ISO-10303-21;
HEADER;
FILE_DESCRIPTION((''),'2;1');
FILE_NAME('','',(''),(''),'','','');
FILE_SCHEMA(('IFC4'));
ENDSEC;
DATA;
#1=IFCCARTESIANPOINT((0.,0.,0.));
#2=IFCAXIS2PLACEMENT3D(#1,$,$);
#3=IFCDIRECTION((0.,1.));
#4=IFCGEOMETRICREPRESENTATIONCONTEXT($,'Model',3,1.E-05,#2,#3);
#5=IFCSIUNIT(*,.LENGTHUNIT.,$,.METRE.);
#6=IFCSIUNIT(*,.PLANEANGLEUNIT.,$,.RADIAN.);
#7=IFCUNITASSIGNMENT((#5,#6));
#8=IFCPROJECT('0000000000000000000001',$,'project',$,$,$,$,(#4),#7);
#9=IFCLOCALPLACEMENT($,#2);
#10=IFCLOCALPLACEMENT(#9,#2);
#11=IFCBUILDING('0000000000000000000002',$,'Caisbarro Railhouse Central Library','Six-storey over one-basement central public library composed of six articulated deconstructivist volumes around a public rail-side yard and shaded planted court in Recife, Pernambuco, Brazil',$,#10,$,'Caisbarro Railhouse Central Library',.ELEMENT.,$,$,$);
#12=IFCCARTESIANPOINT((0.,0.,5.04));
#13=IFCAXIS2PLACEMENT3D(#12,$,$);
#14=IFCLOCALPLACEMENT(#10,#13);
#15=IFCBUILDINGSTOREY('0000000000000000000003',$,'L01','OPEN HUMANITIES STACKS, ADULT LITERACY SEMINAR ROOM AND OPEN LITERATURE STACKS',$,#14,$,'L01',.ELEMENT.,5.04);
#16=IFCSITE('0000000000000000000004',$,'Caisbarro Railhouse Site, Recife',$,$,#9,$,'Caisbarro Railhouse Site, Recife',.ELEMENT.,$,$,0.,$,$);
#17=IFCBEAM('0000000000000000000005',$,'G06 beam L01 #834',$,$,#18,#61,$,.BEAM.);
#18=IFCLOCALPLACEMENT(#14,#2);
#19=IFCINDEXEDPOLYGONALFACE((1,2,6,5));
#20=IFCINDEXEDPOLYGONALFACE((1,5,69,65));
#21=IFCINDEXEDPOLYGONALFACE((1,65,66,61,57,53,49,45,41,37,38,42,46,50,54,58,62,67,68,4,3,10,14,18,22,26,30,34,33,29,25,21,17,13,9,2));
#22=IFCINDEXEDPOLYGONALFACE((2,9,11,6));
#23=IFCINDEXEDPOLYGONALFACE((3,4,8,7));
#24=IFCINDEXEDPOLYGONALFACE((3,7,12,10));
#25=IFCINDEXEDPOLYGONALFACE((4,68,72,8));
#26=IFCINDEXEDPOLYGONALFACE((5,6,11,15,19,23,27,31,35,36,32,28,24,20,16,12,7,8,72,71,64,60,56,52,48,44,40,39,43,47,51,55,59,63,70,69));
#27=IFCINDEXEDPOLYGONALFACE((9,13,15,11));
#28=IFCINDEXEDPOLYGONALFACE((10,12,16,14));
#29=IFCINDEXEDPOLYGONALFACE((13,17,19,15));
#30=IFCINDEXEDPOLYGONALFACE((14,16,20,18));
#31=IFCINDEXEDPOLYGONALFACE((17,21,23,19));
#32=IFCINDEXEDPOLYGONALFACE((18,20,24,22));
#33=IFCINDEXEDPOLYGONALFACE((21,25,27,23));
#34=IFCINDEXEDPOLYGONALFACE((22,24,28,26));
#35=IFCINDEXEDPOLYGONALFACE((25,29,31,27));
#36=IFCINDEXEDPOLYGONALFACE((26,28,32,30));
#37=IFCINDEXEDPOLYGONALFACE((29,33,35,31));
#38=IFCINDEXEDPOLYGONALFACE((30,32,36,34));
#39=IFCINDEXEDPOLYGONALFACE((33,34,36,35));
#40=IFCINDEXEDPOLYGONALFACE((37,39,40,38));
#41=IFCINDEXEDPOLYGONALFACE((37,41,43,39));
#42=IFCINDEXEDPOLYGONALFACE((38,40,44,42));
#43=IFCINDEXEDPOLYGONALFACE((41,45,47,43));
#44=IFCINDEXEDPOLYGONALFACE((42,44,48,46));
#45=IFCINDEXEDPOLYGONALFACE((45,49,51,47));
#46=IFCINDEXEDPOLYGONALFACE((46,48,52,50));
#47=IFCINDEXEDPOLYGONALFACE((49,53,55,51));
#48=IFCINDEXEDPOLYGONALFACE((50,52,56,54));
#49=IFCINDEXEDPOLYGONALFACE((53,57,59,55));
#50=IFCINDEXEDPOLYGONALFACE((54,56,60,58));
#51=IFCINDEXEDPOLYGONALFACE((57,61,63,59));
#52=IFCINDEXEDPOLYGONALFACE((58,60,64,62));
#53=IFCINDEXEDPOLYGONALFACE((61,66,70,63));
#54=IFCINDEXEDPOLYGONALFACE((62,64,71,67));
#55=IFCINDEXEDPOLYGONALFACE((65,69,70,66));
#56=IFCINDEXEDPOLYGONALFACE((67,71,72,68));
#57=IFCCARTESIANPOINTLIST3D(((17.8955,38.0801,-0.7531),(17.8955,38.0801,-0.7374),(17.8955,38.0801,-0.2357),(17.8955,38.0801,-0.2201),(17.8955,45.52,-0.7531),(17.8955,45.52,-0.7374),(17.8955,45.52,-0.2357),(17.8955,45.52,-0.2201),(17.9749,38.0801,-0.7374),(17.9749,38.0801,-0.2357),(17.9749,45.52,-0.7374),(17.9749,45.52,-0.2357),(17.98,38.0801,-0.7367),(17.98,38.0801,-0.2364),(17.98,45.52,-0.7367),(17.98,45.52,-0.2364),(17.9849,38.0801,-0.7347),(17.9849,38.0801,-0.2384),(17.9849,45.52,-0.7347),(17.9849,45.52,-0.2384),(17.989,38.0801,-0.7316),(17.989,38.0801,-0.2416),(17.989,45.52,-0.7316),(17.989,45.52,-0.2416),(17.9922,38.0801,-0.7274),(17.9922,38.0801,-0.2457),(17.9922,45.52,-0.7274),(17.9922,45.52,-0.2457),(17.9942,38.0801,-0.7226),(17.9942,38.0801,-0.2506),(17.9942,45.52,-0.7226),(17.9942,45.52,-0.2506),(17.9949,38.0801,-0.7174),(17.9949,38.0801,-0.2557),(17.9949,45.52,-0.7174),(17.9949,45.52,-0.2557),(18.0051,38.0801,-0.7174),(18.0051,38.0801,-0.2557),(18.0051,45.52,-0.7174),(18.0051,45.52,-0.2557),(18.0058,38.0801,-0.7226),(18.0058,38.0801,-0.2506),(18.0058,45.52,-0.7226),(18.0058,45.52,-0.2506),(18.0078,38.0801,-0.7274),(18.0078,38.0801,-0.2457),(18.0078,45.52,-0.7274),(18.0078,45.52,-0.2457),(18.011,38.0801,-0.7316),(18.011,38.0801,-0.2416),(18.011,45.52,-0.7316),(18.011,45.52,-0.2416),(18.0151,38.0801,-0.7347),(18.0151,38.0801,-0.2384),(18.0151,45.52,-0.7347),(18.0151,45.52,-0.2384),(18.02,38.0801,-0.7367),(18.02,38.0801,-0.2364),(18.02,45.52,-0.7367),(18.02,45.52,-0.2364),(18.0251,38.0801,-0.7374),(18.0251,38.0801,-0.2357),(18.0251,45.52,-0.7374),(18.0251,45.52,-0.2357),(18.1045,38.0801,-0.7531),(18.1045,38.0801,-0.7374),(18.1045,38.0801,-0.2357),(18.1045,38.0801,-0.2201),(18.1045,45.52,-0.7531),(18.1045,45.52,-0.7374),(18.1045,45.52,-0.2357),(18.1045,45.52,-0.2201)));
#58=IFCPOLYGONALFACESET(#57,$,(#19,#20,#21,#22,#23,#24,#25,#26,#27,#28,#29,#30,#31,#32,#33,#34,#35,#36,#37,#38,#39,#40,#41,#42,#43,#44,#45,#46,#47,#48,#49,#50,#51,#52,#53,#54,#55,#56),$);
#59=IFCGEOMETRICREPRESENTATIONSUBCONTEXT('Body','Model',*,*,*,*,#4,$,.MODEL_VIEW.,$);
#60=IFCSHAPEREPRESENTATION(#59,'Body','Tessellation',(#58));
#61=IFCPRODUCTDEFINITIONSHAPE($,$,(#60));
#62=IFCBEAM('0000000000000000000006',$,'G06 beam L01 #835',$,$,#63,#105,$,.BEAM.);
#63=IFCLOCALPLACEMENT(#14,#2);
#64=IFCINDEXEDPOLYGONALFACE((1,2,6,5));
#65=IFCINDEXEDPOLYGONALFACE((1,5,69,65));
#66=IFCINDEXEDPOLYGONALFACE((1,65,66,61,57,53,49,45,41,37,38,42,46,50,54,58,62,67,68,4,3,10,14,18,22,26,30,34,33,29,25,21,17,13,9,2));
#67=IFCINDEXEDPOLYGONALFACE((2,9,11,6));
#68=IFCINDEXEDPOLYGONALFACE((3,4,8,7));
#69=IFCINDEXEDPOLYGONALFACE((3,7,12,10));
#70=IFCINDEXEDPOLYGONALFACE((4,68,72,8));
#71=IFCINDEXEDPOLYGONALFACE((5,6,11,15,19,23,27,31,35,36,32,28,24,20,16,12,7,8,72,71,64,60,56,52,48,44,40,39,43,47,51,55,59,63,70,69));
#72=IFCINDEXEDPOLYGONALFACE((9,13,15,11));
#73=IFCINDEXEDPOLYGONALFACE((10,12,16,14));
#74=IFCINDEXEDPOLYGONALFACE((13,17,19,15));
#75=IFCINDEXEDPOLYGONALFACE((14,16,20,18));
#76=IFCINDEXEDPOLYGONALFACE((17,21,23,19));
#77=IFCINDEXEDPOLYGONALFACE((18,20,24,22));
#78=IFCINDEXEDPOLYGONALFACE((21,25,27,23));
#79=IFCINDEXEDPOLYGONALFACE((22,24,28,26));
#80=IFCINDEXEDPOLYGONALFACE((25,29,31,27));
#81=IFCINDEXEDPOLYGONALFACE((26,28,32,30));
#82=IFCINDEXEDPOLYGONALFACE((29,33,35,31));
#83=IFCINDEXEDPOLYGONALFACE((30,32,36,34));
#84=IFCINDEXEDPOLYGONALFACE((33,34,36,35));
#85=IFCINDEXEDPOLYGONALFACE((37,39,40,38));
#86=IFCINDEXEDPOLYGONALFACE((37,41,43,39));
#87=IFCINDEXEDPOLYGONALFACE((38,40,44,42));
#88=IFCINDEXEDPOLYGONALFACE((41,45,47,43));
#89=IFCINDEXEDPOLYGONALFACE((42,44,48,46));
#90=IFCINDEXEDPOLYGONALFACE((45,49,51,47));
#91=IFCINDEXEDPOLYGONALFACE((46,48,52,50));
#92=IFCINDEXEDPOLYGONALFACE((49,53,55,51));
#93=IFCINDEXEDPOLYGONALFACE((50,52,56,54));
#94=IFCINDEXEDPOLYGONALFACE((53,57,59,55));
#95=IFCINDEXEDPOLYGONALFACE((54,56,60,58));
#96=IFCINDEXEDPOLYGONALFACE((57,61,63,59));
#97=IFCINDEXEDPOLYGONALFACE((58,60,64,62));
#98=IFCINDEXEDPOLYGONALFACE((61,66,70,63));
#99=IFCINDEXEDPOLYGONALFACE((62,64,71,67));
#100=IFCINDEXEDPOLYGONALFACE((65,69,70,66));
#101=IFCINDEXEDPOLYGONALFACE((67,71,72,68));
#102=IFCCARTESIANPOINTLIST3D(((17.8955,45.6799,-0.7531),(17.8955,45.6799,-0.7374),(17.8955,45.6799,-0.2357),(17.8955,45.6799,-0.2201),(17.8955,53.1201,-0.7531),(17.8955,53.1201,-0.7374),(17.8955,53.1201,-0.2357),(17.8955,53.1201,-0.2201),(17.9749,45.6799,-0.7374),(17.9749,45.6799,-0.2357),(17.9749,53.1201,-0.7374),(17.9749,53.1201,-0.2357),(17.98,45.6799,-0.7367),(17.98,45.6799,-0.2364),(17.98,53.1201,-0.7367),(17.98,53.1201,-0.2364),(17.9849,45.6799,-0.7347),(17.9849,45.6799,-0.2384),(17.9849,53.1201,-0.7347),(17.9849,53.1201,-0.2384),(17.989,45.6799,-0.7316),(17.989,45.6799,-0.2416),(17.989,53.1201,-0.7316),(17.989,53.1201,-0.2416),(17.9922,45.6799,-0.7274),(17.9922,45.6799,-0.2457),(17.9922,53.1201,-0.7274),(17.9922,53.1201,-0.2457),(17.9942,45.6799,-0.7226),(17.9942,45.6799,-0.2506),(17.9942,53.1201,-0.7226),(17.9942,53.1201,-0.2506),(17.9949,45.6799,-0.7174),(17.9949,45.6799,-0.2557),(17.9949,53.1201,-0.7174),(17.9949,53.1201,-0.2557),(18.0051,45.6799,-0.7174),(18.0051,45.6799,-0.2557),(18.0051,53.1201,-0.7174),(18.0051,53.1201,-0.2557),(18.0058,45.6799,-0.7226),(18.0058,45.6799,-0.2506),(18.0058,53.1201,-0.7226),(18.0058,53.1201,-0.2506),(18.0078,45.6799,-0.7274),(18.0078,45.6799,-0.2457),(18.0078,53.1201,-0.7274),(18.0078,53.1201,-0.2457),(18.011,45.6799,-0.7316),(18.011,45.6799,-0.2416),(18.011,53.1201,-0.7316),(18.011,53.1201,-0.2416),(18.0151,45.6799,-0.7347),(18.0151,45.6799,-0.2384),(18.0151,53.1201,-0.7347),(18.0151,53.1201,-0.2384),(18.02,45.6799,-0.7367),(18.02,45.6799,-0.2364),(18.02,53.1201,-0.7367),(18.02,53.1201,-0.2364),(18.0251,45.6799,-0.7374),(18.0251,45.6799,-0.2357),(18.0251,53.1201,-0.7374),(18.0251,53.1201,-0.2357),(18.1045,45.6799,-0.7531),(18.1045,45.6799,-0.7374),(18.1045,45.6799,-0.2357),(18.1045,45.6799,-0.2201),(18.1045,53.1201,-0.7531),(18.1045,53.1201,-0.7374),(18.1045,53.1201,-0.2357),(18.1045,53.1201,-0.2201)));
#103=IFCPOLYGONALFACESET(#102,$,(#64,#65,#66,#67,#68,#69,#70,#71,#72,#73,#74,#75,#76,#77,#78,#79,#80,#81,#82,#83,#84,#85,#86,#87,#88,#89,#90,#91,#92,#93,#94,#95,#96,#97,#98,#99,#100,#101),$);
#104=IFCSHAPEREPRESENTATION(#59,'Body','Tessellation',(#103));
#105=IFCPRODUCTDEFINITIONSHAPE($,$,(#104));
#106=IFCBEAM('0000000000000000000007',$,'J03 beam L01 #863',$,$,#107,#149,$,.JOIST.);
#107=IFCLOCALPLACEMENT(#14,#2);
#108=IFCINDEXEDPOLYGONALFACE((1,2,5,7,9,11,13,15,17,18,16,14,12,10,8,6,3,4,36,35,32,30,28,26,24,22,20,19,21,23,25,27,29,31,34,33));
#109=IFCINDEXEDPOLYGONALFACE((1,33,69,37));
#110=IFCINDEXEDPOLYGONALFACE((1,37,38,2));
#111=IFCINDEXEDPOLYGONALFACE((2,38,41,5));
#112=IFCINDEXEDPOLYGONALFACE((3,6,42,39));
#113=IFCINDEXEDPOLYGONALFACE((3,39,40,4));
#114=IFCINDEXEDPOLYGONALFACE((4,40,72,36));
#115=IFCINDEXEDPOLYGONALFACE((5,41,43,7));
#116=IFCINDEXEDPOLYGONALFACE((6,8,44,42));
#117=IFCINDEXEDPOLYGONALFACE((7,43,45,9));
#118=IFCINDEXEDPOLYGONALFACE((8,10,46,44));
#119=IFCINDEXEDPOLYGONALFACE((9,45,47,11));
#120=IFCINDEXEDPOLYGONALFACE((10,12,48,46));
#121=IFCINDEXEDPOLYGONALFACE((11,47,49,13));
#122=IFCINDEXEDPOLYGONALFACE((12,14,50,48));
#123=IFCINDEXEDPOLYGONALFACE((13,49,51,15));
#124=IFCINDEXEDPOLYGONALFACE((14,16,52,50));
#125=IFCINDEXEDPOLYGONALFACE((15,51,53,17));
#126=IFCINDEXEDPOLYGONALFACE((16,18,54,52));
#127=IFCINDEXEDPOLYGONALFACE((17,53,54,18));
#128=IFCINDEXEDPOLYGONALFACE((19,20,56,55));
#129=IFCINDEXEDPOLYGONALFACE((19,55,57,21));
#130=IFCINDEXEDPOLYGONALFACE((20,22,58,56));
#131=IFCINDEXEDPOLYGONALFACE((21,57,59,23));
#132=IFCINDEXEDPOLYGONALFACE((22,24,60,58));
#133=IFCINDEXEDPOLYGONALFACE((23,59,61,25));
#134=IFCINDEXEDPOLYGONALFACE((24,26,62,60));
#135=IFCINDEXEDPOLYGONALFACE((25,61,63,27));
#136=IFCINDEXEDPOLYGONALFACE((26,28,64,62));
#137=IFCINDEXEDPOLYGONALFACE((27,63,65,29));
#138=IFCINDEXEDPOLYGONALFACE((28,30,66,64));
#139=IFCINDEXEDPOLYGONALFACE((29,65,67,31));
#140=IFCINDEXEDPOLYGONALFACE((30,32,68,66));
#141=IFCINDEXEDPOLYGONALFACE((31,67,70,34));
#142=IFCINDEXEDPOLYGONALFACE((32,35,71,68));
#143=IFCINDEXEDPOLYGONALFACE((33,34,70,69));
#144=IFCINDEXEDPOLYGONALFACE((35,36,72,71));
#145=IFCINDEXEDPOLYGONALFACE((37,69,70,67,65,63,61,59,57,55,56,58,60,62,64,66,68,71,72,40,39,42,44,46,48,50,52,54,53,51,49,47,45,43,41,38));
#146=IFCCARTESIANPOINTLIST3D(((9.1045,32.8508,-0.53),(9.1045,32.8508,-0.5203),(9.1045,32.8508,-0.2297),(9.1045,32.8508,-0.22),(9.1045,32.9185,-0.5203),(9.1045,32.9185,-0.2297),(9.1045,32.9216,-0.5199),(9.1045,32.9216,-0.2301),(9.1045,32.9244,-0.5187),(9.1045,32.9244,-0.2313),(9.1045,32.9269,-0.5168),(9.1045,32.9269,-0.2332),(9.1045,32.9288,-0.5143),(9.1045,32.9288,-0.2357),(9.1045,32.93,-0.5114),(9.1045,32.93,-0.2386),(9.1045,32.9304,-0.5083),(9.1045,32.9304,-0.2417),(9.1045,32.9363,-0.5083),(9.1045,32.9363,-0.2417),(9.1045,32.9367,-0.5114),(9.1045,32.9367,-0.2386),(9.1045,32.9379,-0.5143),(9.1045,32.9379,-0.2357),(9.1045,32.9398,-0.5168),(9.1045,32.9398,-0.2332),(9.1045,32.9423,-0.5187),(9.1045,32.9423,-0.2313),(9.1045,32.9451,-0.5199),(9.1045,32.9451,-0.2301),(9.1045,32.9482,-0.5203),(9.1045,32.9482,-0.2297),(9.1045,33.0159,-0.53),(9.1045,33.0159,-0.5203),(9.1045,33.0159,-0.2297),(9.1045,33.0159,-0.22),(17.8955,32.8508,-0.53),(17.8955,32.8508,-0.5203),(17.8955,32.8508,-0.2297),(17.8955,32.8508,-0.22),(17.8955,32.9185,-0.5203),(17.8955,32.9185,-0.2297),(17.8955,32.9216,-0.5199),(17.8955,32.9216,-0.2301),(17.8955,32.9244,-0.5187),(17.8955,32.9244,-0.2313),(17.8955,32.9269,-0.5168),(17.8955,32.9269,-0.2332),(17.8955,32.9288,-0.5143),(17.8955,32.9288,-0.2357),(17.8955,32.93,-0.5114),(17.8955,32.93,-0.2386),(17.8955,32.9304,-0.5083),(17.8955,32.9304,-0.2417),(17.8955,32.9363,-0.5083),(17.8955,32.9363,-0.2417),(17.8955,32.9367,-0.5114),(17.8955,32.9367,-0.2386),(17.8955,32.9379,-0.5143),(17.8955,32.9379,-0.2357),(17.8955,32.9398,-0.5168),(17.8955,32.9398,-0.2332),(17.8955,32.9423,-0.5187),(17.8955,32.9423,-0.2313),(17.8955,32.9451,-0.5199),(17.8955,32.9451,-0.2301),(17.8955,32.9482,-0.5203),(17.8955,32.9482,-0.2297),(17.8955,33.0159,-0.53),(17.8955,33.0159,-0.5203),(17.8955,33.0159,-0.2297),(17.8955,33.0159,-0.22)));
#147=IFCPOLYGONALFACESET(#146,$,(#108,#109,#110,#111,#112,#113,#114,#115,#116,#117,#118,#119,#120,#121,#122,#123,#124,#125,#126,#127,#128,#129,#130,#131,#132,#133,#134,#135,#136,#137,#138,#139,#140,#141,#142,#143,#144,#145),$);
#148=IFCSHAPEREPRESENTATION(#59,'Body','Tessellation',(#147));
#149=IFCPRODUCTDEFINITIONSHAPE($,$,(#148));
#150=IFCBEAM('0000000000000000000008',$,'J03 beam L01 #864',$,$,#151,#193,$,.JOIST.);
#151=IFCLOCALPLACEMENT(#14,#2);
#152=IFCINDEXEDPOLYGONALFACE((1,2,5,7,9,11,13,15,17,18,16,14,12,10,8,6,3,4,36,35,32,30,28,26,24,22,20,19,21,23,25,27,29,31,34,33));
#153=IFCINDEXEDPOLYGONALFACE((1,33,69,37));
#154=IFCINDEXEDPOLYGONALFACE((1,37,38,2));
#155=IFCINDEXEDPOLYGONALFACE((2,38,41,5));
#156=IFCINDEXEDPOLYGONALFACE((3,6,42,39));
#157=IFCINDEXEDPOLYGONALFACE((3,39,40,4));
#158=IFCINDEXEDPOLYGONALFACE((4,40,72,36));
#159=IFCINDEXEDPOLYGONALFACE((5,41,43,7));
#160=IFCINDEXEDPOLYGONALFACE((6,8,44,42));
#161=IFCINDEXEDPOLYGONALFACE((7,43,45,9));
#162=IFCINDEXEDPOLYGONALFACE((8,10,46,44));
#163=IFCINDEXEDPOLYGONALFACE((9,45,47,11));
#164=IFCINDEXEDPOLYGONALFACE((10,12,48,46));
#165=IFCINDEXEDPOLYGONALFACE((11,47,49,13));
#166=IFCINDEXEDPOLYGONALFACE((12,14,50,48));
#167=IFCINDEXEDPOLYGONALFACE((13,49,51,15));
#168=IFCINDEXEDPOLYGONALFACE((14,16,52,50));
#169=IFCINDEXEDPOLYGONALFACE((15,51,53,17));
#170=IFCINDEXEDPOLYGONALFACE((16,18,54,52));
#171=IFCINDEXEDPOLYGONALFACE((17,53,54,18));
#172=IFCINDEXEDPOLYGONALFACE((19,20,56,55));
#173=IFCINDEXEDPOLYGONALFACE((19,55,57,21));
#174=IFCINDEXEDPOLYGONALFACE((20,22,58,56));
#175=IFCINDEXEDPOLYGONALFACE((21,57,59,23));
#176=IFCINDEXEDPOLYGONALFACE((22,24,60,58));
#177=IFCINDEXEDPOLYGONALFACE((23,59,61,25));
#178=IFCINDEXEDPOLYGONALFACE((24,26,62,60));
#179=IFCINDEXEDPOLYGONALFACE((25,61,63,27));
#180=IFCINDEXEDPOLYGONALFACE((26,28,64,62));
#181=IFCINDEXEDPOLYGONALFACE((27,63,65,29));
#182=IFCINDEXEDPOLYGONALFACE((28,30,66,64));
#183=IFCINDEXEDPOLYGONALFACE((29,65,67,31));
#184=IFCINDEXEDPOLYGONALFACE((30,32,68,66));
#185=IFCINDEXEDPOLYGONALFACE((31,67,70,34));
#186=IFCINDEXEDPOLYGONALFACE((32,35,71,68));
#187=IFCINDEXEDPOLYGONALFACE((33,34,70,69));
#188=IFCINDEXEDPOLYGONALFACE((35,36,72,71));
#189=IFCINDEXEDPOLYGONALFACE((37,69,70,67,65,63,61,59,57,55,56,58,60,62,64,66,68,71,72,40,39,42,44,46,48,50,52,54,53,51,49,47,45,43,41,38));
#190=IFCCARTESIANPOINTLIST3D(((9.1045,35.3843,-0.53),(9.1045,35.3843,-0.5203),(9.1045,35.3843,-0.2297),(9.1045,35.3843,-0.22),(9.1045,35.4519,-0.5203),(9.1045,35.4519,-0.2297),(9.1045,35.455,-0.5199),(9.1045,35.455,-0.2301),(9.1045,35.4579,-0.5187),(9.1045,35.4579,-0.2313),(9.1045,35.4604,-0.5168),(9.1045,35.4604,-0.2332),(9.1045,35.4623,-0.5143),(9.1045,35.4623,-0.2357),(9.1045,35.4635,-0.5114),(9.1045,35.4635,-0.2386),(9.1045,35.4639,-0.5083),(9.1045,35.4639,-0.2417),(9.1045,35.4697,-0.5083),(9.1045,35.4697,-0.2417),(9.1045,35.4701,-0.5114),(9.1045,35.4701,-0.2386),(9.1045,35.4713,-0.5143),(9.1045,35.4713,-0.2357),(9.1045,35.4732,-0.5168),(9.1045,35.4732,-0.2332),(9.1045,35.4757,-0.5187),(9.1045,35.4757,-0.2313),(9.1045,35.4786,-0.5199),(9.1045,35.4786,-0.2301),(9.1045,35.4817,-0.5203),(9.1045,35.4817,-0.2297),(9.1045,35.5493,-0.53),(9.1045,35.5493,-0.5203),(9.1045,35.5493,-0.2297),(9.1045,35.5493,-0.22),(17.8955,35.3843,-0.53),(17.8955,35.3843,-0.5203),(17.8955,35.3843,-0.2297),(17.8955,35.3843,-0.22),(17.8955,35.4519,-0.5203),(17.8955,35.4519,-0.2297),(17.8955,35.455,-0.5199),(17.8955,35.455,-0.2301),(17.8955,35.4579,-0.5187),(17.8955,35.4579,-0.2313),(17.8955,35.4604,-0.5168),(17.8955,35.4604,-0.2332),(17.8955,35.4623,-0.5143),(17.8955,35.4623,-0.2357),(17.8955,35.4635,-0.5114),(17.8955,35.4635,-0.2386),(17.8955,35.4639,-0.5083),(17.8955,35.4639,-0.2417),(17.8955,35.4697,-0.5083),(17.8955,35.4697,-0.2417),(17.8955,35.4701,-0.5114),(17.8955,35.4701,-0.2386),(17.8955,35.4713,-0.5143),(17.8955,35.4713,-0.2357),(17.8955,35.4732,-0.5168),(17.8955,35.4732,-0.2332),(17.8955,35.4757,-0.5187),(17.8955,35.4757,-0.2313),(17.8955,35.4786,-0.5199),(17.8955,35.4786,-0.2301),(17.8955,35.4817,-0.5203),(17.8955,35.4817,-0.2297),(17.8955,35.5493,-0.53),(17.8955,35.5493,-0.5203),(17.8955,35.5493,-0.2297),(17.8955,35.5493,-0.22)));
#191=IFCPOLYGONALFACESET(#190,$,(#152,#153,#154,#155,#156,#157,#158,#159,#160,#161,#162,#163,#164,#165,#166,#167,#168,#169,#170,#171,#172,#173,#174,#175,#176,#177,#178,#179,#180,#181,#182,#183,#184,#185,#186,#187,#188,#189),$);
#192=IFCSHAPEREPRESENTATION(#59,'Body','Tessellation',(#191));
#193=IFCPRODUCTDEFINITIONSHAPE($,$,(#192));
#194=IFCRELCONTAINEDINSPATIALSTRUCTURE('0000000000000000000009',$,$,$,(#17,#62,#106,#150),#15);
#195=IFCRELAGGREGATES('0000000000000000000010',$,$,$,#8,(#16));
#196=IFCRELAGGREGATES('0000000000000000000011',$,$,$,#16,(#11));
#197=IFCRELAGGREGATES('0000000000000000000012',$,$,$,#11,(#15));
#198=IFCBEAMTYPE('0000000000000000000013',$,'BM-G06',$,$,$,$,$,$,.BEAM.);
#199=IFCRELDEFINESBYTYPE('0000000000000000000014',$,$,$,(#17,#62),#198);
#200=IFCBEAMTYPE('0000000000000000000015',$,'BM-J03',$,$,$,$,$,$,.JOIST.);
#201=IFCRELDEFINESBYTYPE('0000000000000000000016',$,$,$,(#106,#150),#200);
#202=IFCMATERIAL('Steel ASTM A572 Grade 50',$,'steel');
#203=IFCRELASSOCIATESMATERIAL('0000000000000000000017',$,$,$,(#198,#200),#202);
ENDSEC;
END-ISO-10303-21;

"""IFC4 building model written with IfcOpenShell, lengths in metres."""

from ifc_helpers import new_model, si_unit, direction, frame, origin, origin_2d, place, context, subcontext, project, spatial, i_section, extrude, material, material_profile, profile_set, type_object, element, save


model = new_model("IFC4")

# Units and contexts
model_context = context("Model", 3, precision=1e-05, world=origin(), true_north=direction((0.0, 1.0)))
body_context = subcontext(model_context, "Body", "Model", "MODEL_VIEW")
ifc_project = project(units=[si_unit("LENGTHUNIT", "METRE"), si_unit("PLANEANGLEUNIT", "RADIAN")], contexts=[model_context])

# Site, building, storey
site_placement = place(None, origin())
site = spatial("IfcSite", under=ifc_project, at=site_placement, Name="Caisbarro Railhouse Site, Recife", LongName="Caisbarro Railhouse Site, Recife", CompositionType="ELEMENT", RefElevation=0.0)
building_placement = place(site_placement, origin())
building = spatial("IfcBuilding", under=site, at=building_placement, Name="Caisbarro Railhouse Central Library", Description="Six-storey over one-basement central public library composed of six articulated deconstructivist volumes around a public rail-side yard and shaded planted court in Recife, Pernambuco, Brazil", LongName="Caisbarro Railhouse Central Library", CompositionType="ELEMENT")
storey_placement = place(building_placement, frame((0.0, 0.0, 5.04)))
storey = spatial("IfcBuildingStorey", under=building, at=storey_placement, Name="L01", Description="OPEN HUMANITIES STACKS, ADULT LITERACY SEMINAR ROOM AND OPEN LITERATURE STACKS", LongName="L01", CompositionType="ELEMENT", Elevation=5.04)

# Shared definitions
ifc_material_1 = material(Name="Steel ASTM A572 Grade 50", Category="steel")

# Beams
ifc_material_profile_1 = material_profile(ifc_material_1, i_section(OverallWidth=0.209, OverallDepth=0.533, WebThickness=0.0103, FlangeThickness=0.0156, FilletRadius=0.02, at=origin_2d()), Name="W530X92.0")
ifc_profile_set_1 = profile_set([ifc_material_profile_1], Name="Steel ASTM A572 Grade 50")
beam_type_1 = type_object("IfcBeamType", Name="BM-G06", PredefinedType="BEAM", material=ifc_profile_set_1)
for number, where, z_axis, x_axis, name in (
    (1, (18.0, 38.0801, -0.4866), (0.0, 1.0, 0.0), (-1.0, 0.0, 0.0), "G06 beam L01 #834"),
):
    element("IfcBeam", number, at=place(storey_placement, frame(where, z_axis=z_axis, x_axis=x_axis)), inside=storey, type_object=beam_type_1, Name=name, PredefinedType="BEAM", context=body_context, shape_type="SweptSolid", body=[
        extrude(i_section(OverallWidth=0.209, OverallDepth=0.533, WebThickness=0.0103, FlangeThickness=0.0156, FilletRadius=0.02, at=origin_2d()), origin(), (0.0, 0.0, 1.0), 7.4399),
    ])
beam_1_placement = place(storey_placement, frame((18.0, 45.6799, -0.4866), z_axis=(0.0, 1.0, 0.0), x_axis=(-1.0, 0.0, 0.0)))
element("IfcBeam", 2, at=beam_1_placement, inside=storey, type_object=beam_type_1, Name="G06 beam L01 #835", PredefinedType="BEAM", context=body_context, shape_type="SweptSolid", body=[
    extrude(i_section(OverallWidth=0.209, OverallDepth=0.533, WebThickness=0.0103, FlangeThickness=0.0156, FilletRadius=0.02, at=origin_2d()), origin(), (0.0, 0.0, 1.0), 7.4402),
])
ifc_material_profile_2 = material_profile(ifc_material_1, i_section(OverallWidth=0.165, OverallDepth=0.3101, WebThickness=0.0059, FlangeThickness=0.0098, FilletRadius=0.012, at=origin_2d()), Name="W310X38.7")
ifc_profile_set_2 = profile_set([ifc_material_profile_2], Name="Steel ASTM A572 Grade 50")
beam_type_2 = type_object("IfcBeamType", Name="BM-J03", PredefinedType="JOIST", material=ifc_profile_set_2)
for number, where, z_axis, x_axis, name in (
    (3, (9.1045, 32.9333, -0.375), (1.0, 0.0, 0.0), (0.0, 1.0, 0.0), "J03 beam L01 #863"),
    (4, (9.1045, 35.4668, -0.375), (1.0, 0.0, 0.0), (0.0, 1.0, 0.0), "J03 beam L01 #864"),
):
    element("IfcBeam", number, at=place(storey_placement, frame(where, z_axis=z_axis, x_axis=x_axis)), inside=storey, type_object=beam_type_2, Name=name, PredefinedType="JOIST", context=body_context, shape_type="SweptSolid", body=[
        extrude(i_section(OverallWidth=0.165, OverallDepth=0.3101, WebThickness=0.0059, FlangeThickness=0.0098, FilletRadius=0.012, at=origin_2d()), origin(), (0.0, 0.0, 1.0), 8.791),
    ])

save(model, "model.ifc")
